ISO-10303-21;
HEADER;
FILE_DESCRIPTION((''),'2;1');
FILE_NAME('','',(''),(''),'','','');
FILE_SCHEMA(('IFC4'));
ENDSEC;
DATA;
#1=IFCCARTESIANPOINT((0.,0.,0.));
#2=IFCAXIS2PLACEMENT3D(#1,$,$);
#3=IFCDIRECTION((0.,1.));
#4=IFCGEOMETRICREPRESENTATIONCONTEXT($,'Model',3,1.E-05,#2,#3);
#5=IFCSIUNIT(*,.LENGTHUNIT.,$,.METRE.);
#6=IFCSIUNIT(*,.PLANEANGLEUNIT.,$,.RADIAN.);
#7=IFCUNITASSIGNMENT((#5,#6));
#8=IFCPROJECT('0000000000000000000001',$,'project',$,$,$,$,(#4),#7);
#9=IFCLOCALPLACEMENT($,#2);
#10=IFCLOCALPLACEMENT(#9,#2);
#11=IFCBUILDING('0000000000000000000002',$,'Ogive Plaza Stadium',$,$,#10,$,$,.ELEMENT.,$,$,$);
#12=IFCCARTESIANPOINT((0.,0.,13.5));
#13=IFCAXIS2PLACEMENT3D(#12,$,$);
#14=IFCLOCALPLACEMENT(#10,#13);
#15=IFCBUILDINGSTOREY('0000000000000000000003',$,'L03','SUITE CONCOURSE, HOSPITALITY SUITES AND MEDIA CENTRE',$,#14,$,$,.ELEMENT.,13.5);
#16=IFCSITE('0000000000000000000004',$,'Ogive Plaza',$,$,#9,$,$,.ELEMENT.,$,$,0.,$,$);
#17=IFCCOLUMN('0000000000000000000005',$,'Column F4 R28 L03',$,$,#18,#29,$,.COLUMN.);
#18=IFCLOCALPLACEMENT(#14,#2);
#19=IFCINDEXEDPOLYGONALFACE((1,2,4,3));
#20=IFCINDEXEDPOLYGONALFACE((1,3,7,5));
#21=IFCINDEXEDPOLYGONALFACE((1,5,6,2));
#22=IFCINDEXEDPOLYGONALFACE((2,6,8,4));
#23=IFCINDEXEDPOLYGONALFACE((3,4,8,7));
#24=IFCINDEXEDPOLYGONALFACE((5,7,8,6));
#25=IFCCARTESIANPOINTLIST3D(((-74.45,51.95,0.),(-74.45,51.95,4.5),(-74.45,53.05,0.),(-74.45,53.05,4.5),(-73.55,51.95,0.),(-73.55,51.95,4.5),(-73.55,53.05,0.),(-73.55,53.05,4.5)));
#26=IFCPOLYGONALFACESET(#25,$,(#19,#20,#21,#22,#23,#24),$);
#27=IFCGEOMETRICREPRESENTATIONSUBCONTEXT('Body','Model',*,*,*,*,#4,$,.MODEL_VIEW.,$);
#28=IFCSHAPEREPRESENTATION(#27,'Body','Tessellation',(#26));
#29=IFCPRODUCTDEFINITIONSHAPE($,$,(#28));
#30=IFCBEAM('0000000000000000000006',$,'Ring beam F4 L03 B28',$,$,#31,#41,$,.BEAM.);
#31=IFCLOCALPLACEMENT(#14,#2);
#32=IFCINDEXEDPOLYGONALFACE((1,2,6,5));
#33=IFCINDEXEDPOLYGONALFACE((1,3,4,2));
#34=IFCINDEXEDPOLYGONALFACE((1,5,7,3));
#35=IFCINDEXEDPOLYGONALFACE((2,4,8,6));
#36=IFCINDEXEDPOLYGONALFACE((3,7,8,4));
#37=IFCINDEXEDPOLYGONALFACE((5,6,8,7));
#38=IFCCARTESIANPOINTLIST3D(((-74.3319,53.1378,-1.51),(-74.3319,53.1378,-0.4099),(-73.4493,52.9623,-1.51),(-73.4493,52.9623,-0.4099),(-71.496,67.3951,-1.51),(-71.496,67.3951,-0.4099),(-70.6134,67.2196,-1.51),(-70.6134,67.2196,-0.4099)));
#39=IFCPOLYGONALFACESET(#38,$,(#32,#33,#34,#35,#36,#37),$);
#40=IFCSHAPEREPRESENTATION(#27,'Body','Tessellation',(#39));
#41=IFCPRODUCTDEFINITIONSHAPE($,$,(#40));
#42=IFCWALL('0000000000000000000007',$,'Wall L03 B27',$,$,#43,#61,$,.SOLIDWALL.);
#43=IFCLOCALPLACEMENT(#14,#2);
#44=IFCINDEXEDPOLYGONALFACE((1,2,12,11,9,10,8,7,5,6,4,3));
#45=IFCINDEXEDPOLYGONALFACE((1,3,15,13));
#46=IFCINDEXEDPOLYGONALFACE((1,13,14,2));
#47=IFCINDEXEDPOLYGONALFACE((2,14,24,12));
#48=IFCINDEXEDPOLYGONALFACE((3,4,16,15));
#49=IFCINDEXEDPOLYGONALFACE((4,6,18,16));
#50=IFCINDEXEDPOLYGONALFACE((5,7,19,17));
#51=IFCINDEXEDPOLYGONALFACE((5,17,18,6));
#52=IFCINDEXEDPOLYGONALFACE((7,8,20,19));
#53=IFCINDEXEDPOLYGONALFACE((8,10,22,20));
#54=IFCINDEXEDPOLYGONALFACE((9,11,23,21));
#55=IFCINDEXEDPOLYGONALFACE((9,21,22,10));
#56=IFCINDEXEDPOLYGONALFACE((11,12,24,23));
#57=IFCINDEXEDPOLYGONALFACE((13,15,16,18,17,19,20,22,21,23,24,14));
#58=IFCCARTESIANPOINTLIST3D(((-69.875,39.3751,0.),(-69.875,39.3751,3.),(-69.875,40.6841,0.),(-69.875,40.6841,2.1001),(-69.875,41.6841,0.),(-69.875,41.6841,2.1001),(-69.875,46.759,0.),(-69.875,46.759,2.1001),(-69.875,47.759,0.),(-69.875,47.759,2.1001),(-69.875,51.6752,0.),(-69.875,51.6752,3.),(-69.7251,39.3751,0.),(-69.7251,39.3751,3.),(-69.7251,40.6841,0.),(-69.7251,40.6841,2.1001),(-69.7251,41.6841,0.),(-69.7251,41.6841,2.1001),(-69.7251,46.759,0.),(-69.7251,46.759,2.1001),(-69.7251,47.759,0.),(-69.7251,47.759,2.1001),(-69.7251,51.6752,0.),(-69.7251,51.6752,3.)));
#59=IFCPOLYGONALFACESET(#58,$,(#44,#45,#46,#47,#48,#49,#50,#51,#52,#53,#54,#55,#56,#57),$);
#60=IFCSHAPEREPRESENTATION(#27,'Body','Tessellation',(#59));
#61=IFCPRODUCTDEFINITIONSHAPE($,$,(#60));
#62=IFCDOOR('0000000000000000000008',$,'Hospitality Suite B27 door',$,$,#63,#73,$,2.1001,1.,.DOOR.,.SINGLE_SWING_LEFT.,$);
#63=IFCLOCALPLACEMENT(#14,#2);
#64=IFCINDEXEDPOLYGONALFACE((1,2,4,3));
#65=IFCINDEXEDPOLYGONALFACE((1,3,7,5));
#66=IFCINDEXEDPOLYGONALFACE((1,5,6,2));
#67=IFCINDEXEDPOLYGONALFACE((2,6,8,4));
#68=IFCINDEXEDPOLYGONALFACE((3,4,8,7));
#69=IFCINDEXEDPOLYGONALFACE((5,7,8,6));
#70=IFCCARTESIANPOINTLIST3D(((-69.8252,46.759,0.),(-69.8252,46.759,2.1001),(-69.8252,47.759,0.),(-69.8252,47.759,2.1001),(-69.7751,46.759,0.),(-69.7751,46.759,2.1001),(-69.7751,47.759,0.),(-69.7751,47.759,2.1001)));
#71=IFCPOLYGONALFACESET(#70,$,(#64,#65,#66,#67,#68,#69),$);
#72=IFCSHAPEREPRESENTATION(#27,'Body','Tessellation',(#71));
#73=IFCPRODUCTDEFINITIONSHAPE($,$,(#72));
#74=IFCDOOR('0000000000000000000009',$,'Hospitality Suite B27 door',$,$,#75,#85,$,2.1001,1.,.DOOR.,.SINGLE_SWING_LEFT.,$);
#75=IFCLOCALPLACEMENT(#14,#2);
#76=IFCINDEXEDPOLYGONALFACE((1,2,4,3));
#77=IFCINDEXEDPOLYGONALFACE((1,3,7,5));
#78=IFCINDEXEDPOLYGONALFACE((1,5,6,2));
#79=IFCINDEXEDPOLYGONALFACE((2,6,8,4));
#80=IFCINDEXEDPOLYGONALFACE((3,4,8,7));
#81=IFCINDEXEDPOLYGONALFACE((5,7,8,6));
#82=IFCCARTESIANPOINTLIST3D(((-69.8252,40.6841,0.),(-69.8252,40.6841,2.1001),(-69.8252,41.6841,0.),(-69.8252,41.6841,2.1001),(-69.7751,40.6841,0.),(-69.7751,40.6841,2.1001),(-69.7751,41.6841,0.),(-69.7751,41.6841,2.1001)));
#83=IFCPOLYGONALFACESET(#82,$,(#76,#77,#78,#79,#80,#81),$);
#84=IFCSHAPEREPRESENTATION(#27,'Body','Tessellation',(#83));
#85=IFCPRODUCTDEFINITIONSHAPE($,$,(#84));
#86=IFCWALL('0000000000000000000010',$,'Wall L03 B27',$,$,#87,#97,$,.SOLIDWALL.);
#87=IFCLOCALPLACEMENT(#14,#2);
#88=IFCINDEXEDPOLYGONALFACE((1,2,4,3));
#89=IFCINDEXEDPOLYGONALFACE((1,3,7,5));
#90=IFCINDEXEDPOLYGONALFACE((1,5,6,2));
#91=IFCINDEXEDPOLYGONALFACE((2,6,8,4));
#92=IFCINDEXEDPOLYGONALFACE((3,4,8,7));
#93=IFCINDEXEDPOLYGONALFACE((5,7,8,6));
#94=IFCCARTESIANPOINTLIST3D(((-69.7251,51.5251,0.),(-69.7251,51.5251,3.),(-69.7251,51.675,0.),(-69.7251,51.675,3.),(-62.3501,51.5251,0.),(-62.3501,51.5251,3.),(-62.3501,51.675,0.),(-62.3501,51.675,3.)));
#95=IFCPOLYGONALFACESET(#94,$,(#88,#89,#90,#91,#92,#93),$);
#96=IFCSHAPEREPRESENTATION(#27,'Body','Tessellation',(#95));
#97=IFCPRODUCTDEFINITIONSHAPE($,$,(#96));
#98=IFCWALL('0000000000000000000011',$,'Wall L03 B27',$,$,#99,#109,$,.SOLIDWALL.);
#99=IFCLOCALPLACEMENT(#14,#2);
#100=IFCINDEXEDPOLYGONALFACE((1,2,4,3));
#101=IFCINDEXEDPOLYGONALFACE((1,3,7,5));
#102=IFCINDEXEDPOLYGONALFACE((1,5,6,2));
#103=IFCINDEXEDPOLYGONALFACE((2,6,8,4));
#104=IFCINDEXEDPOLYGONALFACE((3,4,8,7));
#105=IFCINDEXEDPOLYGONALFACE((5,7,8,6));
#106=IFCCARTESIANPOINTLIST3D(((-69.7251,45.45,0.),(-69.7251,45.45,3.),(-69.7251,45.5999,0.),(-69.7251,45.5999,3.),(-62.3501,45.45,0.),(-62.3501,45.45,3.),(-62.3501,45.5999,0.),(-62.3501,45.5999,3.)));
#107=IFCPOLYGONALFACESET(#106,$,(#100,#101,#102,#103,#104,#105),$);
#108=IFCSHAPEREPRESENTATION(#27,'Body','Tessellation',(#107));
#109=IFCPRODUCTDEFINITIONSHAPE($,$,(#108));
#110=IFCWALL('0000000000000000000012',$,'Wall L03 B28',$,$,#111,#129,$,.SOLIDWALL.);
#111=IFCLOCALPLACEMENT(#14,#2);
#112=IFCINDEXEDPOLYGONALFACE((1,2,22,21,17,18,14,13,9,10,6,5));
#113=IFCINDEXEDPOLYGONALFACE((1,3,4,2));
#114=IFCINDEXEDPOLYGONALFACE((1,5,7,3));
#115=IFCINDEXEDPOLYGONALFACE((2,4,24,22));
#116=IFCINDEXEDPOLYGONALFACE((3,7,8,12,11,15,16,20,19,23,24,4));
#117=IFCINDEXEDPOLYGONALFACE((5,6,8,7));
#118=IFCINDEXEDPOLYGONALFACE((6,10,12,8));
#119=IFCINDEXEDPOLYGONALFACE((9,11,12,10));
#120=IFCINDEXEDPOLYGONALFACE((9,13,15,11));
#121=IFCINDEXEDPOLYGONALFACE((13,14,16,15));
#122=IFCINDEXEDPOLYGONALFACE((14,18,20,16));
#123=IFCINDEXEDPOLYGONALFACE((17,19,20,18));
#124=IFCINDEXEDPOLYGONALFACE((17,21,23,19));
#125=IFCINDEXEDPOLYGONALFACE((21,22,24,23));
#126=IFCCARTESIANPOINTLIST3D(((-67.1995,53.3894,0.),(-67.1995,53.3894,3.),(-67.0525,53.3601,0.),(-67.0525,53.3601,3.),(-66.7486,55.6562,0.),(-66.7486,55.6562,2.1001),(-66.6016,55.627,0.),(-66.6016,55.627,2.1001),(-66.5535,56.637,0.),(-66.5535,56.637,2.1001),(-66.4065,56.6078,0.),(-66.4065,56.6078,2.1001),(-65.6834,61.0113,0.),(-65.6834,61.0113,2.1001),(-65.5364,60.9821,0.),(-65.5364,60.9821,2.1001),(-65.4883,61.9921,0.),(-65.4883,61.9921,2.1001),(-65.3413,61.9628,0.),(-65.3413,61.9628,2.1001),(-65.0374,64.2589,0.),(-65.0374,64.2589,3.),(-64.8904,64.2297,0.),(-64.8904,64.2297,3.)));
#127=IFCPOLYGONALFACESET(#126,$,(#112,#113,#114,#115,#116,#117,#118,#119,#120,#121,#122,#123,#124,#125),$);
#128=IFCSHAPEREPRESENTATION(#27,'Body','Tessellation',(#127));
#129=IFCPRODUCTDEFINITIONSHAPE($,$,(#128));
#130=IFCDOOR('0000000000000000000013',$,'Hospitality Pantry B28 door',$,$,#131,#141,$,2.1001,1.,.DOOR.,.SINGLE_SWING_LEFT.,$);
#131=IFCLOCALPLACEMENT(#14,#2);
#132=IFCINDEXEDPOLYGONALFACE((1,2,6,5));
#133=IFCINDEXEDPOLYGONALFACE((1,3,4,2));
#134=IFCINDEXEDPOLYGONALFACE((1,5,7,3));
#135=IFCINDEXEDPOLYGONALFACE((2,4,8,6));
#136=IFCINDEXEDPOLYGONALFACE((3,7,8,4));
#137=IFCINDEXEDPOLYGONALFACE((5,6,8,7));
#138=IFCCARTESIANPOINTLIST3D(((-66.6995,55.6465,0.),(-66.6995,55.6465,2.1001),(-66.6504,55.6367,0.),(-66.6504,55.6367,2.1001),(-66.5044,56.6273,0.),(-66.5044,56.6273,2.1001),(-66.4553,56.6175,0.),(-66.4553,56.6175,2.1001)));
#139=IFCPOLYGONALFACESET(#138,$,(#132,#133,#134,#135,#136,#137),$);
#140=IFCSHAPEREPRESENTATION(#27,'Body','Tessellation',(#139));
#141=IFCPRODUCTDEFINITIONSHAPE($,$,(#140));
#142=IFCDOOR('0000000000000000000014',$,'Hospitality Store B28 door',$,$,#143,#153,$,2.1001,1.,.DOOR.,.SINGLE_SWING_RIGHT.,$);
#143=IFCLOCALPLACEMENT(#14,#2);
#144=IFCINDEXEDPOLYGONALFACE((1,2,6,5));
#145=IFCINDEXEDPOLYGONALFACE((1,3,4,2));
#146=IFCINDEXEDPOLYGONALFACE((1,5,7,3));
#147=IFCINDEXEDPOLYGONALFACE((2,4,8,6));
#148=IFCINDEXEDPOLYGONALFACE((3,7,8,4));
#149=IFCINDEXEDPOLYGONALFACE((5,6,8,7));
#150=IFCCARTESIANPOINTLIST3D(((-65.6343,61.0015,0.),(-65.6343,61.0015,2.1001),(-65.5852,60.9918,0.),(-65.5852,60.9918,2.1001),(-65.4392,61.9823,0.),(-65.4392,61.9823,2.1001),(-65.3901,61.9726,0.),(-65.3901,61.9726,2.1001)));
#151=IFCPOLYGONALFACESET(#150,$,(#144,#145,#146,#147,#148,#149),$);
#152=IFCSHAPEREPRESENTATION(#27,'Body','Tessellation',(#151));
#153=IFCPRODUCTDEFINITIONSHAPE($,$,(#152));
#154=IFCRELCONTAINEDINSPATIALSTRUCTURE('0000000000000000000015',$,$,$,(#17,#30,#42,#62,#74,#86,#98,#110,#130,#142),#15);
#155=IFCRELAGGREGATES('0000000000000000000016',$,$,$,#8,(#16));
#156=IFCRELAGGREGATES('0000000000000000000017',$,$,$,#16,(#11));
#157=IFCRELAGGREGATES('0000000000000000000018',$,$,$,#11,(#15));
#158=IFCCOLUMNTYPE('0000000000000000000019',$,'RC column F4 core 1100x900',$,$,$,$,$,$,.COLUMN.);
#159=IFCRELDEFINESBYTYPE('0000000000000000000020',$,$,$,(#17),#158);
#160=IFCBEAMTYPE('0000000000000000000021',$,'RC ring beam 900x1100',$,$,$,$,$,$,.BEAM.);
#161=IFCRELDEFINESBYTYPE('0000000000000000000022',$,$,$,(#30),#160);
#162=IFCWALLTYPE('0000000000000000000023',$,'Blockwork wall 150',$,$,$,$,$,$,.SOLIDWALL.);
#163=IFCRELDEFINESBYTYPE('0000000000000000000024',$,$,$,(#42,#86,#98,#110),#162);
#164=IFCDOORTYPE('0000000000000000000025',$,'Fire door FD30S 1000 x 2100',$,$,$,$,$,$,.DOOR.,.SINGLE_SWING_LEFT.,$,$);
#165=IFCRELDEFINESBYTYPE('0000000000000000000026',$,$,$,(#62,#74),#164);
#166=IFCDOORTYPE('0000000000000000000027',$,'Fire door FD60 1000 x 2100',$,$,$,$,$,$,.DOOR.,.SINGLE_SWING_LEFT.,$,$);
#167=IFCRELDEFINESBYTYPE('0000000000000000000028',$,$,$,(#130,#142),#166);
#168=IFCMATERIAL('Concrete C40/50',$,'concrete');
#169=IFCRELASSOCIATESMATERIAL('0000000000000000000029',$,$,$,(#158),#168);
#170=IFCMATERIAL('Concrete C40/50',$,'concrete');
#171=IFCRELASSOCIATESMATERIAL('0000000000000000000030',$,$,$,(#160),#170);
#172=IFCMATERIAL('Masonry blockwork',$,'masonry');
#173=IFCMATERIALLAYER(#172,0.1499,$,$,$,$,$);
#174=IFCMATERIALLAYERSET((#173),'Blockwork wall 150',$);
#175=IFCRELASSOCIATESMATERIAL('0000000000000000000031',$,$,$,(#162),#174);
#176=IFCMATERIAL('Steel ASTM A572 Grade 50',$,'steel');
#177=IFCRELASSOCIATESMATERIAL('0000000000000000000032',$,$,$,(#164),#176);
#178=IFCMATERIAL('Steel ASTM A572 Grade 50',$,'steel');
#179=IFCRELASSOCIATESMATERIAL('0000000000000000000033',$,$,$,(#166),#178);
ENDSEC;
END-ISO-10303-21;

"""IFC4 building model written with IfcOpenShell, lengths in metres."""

from ifc_helpers import new_model, si_unit, direction, frame, frame_2d, origin, origin_2d, place, context, subcontext, project, spatial, rectangle, extrude, material, layer, layer_set, material_profile, profile_set, type_object, element, fill, save


model = new_model("IFC4")

# Units and contexts
model_context = context("Model", 3, precision=1e-05, world=origin(), true_north=direction((0.0, 1.0)))
body_context = subcontext(model_context, "Body", "Model", "MODEL_VIEW")
ifc_project = project(units=[si_unit("LENGTHUNIT", "METRE"), si_unit("PLANEANGLEUNIT", "RADIAN")], contexts=[model_context])

# Site, building, storey
site_placement = place(None, origin())
site = spatial("IfcSite", under=ifc_project, at=site_placement, Name="Ogive Plaza", CompositionType="ELEMENT", RefElevation=0.0)
building_placement = place(site_placement, origin())
building = spatial("IfcBuilding", under=site, at=building_placement, Name="Ogive Plaza Stadium", CompositionType="ELEMENT")
storey_placement = place(building_placement, frame((0.0, 0.0, 13.5)))
storey = spatial("IfcBuildingStorey", under=building, at=storey_placement, Name="L03", Description="SUITE CONCOURSE, HOSPITALITY SUITES AND MEDIA CENTRE", CompositionType="ELEMENT", Elevation=13.5)

# Column
ifc_material_1 = material(Name="Concrete C40/50", Category="concrete")
ifc_material_profile_1 = material_profile(ifc_material_1, rectangle(XDim=1.1001, YDim=0.8999, at=origin_2d()), Name="RC 1100x900")
ifc_profile_set_1 = profile_set([ifc_material_profile_1], Name="Concrete C40/50")
column_type = type_object("IfcColumnType", Name="RC column F4 core 1100x900", PredefinedType="COLUMN", material=ifc_profile_set_1)
column_placement = place(storey_placement, frame((-74.0, 52.5, 0.0), z_axis=(0.0, 0.0, 1.0), x_axis=(0.0, -1.0, 0.0)))
element("IfcColumn", 1, at=column_placement, inside=storey, type_object=column_type, Name="Column F4 R28 L03", PredefinedType="COLUMN", context=body_context, shape_type="SweptSolid", body=[
    extrude(rectangle(XDim=1.1001, YDim=0.8999, at=origin_2d()), origin(), (0.0, 0.0, 1.0), 4.5),
])

# Beam
ifc_material_2 = material(Name="Concrete C40/50", Category="concrete")
ifc_material_profile_2 = material_profile(ifc_material_2, rectangle(XDim=0.8999, YDim=1.1001, at=origin_2d()), Name="RC 900x1100")
ifc_profile_set_2 = profile_set([ifc_material_profile_2], Name="Concrete C40/50")
beam_type = type_object("IfcBeamType", Name="RC ring beam 900x1100", PredefinedType="BEAM", material=ifc_profile_set_2)
beam_placement = place(storey_placement, frame((-73.8906, 53.05, -0.96), z_axis=(0.195089, 0.980786, 0.0), x_axis=(-0.980786, 0.195089, 0.0)))
element("IfcBeam", 2, at=beam_placement, inside=storey, type_object=beam_type, Name="Ring beam F4 L03 B28", PredefinedType="BEAM", context=body_context, shape_type="SweptSolid", body=[
    extrude(rectangle(XDim=0.8999, YDim=1.1001, at=origin_2d()), origin(), (0.0, 0.0, 1.0), 14.5366),
])

# Wall, openings, doors
ifc_material_3 = material(Name="Masonry blockwork", Category="masonry")
ifc_layer_1 = layer(ifc_material_3, 0.1499)
ifc_layer_set_1 = layer_set([ifc_layer_1], Name="Blockwork wall 150")
wall_type_1 = type_object("IfcWallType", Name="Blockwork wall 150", PredefinedType="SOLIDWALL", material=ifc_layer_set_1)
wall_1_placement = place(storey_placement, frame((-69.8, 51.675, 0.0), z_axis=(0.0, 0.0, 1.0), x_axis=(0.0, -1.0, 0.0)))
wall_1 = element("IfcWall", 3, at=wall_1_placement, inside=storey, type_object=wall_type_1, Name="Wall L03 B27", PredefinedType="SOLIDWALL", context=body_context, shape_type="SweptSolid", body=[
    extrude(rectangle(XDim=12.3, YDim=0.1499, at=frame_2d((6.1499, 0.0))), origin(), (0.0, 0.0, 1.0), 3.0),
])
opening_1_placement = place(wall_1_placement, frame((3.916, 0.0, 0.0)))
opening_1 = element("IfcOpeningElement", 4, at=opening_1_placement, cuts=wall_1, PredefinedType="OPENING", context=body_context, shape_type="SweptSolid", body=[
    extrude(rectangle(XDim=1.0, YDim=2.1001, at=frame_2d((0.5, 1.05))), frame((0.0, 0.075, 0.0), z_axis=(0.0, -1.0, 0.0), x_axis=(1.0, 0.0, 0.0)), (0.0, 0.0, 1.0), 0.1499),
])
opening_2_placement = place(wall_1_placement, frame((9.991, 0.0, 0.0)))
opening_2 = element("IfcOpeningElement", 5, at=opening_2_placement, cuts=wall_1, PredefinedType="OPENING", context=body_context, shape_type="SweptSolid", body=[
    extrude(rectangle(XDim=1.0, YDim=2.1001, at=frame_2d((0.5, 1.05))), frame((0.0, 0.075, 0.0), z_axis=(0.0, -1.0, 0.0), x_axis=(1.0, 0.0, 0.0)), (0.0, 0.0, 1.0), 0.1499),
])
ifc_material_4 = material(Name="Steel ASTM A572 Grade 50", Category="steel")
door_type_1 = type_object("IfcDoorType", Name="Fire door FD30S 1000 x 2100", OperationType="SINGLE_SWING_LEFT", PredefinedType="DOOR", material=ifc_material_4)
door_1_placement = place(opening_1_placement, origin())
door_1 = element("IfcDoor", 6, at=door_1_placement, inside=storey, type_object=door_type_1, Name="Hospitality Suite B27 door", OperationType="SINGLE_SWING_LEFT", OverallHeight=2.1001, OverallWidth=1.0, PredefinedType="DOOR", context=body_context, shape_type="SweptSolid", body=[
    extrude(rectangle(XDim=1.0, YDim=2.1001, at=frame_2d((0.5, 1.05))), frame((0.0, 0.0249, 0.0), z_axis=(0.0, -1.0, 0.0), x_axis=(1.0, 0.0, 0.0)), (0.0, 0.0, 1.0), 0.05),
])
fill(opening_1, door_1)
door_2_placement = place(opening_2_placement, origin())
door_2 = element("IfcDoor", 7, at=door_2_placement, inside=storey, type_object=door_type_1, Name="Hospitality Suite B27 door", OperationType="SINGLE_SWING_LEFT", OverallHeight=2.1001, OverallWidth=1.0, PredefinedType="DOOR", context=body_context, shape_type="SweptSolid", body=[
    extrude(rectangle(XDim=1.0, YDim=2.1001, at=frame_2d((0.5, 1.05))), frame((0.0, 0.0249, 0.0), z_axis=(0.0, -1.0, 0.0), x_axis=(1.0, 0.0, 0.0)), (0.0, 0.0, 1.0), 0.05),
])
fill(opening_2, door_2)

# Walls
for number, where, z_axis, x_axis, name in (
    (8, (-62.3501, 51.6001, 0.0), (0.0, 0.0, 1.0), (-1.0, 0.0, 0.0), "Wall L03 B27"),
    (9, (-62.3501, 45.5249, 0.0), (0.0, 0.0, 1.0), (-1.0, 0.0, 0.0), "Wall L03 B27"),
):
    element("IfcWall", number, at=place(storey_placement, frame(where, z_axis=z_axis, x_axis=x_axis)), inside=storey, type_object=wall_type_1, Name=name, PredefinedType="SOLIDWALL", context=body_context, shape_type="SweptSolid", body=[
        extrude(rectangle(XDim=7.375, YDim=0.1499, at=frame_2d((3.6875, 0.0))), origin(), (0.0, 0.0, 1.0), 3.0),
    ])

# Wall, openings, doors
wall_2_placement = place(storey_placement, frame((-67.126, 53.3748, 0.0), z_axis=(0.0, 0.0, 1.0), x_axis=(0.195091, 0.980785, 0.0)))
wall_2 = element("IfcWall", 10, at=wall_2_placement, inside=storey, type_object=wall_type_1, Name="Wall L03 B28", PredefinedType="SOLIDWALL", context=body_context, shape_type="SweptSolid", body=[
    extrude(rectangle(XDim=11.0825, YDim=0.1499, at=frame_2d((5.5413, 0.0))), origin(), (0.0, 0.0, 1.0), 3.0),
])
opening_3_placement = place(wall_2_placement, frame((2.3113, 0.0, 0.0)))
opening_3 = element("IfcOpeningElement", 11, at=opening_3_placement, cuts=wall_2, PredefinedType="OPENING", context=body_context, shape_type="SweptSolid", body=[
    extrude(rectangle(XDim=1.0, YDim=2.1001, at=frame_2d((0.5, 1.05))), frame((0.0, 0.075, 0.0), z_axis=(0.0, -1.0, 0.0), x_axis=(1.0, 0.0, 0.0)), (0.0, 0.0, 1.0), 0.1499),
])
opening_4_placement = place(wall_2_placement, frame((7.7712, 0.0, 0.0)))
opening_4 = element("IfcOpeningElement", 12, at=opening_4_placement, cuts=wall_2, PredefinedType="OPENING", context=body_context, shape_type="SweptSolid", body=[
    extrude(rectangle(XDim=1.0, YDim=2.1001, at=frame_2d((0.5, 1.05))), frame((0.0, 0.075, 0.0), z_axis=(0.0, -1.0, 0.0), x_axis=(1.0, 0.0, 0.0)), (0.0, 0.0, 1.0), 0.1499),
])
ifc_material_5 = material(Name="Steel ASTM A572 Grade 50", Category="steel")
door_type_2 = type_object("IfcDoorType", Name="Fire door FD60 1000 x 2100", OperationType="SINGLE_SWING_LEFT", PredefinedType="DOOR", material=ifc_material_5)
door_3_placement = place(opening_3_placement, origin())
door_3 = element("IfcDoor", 13, at=door_3_placement, inside=storey, type_object=door_type_2, Name="Hospitality Pantry B28 door", OperationType="SINGLE_SWING_LEFT", OverallHeight=2.1001, OverallWidth=1.0, PredefinedType="DOOR", context=body_context, shape_type="SweptSolid", body=[
    extrude(rectangle(XDim=1.0, YDim=2.1001, at=frame_2d((0.5, 1.05))), frame((0.0, 0.0249, 0.0), z_axis=(0.0, -1.0, 0.0), x_axis=(1.0, 0.0, 0.0)), (0.0, 0.0, 1.0), 0.05),
])
fill(opening_3, door_3)
door_4_placement = place(opening_4_placement, origin())
door_4 = element("IfcDoor", 14, at=door_4_placement, inside=storey, type_object=door_type_2, Name="Hospitality Store B28 door", OperationType="SINGLE_SWING_RIGHT", OverallHeight=2.1001, OverallWidth=1.0, PredefinedType="DOOR", context=body_context, shape_type="SweptSolid", body=[
    extrude(rectangle(XDim=1.0, YDim=2.1001, at=frame_2d((0.5, 1.05))), frame((0.0, 0.0249, 0.0), z_axis=(0.0, -1.0, 0.0), x_axis=(1.0, 0.0, 0.0)), (0.0, 0.0, 1.0), 0.05),
])
fill(opening_4, door_4)

save(model, "model.ifc")
